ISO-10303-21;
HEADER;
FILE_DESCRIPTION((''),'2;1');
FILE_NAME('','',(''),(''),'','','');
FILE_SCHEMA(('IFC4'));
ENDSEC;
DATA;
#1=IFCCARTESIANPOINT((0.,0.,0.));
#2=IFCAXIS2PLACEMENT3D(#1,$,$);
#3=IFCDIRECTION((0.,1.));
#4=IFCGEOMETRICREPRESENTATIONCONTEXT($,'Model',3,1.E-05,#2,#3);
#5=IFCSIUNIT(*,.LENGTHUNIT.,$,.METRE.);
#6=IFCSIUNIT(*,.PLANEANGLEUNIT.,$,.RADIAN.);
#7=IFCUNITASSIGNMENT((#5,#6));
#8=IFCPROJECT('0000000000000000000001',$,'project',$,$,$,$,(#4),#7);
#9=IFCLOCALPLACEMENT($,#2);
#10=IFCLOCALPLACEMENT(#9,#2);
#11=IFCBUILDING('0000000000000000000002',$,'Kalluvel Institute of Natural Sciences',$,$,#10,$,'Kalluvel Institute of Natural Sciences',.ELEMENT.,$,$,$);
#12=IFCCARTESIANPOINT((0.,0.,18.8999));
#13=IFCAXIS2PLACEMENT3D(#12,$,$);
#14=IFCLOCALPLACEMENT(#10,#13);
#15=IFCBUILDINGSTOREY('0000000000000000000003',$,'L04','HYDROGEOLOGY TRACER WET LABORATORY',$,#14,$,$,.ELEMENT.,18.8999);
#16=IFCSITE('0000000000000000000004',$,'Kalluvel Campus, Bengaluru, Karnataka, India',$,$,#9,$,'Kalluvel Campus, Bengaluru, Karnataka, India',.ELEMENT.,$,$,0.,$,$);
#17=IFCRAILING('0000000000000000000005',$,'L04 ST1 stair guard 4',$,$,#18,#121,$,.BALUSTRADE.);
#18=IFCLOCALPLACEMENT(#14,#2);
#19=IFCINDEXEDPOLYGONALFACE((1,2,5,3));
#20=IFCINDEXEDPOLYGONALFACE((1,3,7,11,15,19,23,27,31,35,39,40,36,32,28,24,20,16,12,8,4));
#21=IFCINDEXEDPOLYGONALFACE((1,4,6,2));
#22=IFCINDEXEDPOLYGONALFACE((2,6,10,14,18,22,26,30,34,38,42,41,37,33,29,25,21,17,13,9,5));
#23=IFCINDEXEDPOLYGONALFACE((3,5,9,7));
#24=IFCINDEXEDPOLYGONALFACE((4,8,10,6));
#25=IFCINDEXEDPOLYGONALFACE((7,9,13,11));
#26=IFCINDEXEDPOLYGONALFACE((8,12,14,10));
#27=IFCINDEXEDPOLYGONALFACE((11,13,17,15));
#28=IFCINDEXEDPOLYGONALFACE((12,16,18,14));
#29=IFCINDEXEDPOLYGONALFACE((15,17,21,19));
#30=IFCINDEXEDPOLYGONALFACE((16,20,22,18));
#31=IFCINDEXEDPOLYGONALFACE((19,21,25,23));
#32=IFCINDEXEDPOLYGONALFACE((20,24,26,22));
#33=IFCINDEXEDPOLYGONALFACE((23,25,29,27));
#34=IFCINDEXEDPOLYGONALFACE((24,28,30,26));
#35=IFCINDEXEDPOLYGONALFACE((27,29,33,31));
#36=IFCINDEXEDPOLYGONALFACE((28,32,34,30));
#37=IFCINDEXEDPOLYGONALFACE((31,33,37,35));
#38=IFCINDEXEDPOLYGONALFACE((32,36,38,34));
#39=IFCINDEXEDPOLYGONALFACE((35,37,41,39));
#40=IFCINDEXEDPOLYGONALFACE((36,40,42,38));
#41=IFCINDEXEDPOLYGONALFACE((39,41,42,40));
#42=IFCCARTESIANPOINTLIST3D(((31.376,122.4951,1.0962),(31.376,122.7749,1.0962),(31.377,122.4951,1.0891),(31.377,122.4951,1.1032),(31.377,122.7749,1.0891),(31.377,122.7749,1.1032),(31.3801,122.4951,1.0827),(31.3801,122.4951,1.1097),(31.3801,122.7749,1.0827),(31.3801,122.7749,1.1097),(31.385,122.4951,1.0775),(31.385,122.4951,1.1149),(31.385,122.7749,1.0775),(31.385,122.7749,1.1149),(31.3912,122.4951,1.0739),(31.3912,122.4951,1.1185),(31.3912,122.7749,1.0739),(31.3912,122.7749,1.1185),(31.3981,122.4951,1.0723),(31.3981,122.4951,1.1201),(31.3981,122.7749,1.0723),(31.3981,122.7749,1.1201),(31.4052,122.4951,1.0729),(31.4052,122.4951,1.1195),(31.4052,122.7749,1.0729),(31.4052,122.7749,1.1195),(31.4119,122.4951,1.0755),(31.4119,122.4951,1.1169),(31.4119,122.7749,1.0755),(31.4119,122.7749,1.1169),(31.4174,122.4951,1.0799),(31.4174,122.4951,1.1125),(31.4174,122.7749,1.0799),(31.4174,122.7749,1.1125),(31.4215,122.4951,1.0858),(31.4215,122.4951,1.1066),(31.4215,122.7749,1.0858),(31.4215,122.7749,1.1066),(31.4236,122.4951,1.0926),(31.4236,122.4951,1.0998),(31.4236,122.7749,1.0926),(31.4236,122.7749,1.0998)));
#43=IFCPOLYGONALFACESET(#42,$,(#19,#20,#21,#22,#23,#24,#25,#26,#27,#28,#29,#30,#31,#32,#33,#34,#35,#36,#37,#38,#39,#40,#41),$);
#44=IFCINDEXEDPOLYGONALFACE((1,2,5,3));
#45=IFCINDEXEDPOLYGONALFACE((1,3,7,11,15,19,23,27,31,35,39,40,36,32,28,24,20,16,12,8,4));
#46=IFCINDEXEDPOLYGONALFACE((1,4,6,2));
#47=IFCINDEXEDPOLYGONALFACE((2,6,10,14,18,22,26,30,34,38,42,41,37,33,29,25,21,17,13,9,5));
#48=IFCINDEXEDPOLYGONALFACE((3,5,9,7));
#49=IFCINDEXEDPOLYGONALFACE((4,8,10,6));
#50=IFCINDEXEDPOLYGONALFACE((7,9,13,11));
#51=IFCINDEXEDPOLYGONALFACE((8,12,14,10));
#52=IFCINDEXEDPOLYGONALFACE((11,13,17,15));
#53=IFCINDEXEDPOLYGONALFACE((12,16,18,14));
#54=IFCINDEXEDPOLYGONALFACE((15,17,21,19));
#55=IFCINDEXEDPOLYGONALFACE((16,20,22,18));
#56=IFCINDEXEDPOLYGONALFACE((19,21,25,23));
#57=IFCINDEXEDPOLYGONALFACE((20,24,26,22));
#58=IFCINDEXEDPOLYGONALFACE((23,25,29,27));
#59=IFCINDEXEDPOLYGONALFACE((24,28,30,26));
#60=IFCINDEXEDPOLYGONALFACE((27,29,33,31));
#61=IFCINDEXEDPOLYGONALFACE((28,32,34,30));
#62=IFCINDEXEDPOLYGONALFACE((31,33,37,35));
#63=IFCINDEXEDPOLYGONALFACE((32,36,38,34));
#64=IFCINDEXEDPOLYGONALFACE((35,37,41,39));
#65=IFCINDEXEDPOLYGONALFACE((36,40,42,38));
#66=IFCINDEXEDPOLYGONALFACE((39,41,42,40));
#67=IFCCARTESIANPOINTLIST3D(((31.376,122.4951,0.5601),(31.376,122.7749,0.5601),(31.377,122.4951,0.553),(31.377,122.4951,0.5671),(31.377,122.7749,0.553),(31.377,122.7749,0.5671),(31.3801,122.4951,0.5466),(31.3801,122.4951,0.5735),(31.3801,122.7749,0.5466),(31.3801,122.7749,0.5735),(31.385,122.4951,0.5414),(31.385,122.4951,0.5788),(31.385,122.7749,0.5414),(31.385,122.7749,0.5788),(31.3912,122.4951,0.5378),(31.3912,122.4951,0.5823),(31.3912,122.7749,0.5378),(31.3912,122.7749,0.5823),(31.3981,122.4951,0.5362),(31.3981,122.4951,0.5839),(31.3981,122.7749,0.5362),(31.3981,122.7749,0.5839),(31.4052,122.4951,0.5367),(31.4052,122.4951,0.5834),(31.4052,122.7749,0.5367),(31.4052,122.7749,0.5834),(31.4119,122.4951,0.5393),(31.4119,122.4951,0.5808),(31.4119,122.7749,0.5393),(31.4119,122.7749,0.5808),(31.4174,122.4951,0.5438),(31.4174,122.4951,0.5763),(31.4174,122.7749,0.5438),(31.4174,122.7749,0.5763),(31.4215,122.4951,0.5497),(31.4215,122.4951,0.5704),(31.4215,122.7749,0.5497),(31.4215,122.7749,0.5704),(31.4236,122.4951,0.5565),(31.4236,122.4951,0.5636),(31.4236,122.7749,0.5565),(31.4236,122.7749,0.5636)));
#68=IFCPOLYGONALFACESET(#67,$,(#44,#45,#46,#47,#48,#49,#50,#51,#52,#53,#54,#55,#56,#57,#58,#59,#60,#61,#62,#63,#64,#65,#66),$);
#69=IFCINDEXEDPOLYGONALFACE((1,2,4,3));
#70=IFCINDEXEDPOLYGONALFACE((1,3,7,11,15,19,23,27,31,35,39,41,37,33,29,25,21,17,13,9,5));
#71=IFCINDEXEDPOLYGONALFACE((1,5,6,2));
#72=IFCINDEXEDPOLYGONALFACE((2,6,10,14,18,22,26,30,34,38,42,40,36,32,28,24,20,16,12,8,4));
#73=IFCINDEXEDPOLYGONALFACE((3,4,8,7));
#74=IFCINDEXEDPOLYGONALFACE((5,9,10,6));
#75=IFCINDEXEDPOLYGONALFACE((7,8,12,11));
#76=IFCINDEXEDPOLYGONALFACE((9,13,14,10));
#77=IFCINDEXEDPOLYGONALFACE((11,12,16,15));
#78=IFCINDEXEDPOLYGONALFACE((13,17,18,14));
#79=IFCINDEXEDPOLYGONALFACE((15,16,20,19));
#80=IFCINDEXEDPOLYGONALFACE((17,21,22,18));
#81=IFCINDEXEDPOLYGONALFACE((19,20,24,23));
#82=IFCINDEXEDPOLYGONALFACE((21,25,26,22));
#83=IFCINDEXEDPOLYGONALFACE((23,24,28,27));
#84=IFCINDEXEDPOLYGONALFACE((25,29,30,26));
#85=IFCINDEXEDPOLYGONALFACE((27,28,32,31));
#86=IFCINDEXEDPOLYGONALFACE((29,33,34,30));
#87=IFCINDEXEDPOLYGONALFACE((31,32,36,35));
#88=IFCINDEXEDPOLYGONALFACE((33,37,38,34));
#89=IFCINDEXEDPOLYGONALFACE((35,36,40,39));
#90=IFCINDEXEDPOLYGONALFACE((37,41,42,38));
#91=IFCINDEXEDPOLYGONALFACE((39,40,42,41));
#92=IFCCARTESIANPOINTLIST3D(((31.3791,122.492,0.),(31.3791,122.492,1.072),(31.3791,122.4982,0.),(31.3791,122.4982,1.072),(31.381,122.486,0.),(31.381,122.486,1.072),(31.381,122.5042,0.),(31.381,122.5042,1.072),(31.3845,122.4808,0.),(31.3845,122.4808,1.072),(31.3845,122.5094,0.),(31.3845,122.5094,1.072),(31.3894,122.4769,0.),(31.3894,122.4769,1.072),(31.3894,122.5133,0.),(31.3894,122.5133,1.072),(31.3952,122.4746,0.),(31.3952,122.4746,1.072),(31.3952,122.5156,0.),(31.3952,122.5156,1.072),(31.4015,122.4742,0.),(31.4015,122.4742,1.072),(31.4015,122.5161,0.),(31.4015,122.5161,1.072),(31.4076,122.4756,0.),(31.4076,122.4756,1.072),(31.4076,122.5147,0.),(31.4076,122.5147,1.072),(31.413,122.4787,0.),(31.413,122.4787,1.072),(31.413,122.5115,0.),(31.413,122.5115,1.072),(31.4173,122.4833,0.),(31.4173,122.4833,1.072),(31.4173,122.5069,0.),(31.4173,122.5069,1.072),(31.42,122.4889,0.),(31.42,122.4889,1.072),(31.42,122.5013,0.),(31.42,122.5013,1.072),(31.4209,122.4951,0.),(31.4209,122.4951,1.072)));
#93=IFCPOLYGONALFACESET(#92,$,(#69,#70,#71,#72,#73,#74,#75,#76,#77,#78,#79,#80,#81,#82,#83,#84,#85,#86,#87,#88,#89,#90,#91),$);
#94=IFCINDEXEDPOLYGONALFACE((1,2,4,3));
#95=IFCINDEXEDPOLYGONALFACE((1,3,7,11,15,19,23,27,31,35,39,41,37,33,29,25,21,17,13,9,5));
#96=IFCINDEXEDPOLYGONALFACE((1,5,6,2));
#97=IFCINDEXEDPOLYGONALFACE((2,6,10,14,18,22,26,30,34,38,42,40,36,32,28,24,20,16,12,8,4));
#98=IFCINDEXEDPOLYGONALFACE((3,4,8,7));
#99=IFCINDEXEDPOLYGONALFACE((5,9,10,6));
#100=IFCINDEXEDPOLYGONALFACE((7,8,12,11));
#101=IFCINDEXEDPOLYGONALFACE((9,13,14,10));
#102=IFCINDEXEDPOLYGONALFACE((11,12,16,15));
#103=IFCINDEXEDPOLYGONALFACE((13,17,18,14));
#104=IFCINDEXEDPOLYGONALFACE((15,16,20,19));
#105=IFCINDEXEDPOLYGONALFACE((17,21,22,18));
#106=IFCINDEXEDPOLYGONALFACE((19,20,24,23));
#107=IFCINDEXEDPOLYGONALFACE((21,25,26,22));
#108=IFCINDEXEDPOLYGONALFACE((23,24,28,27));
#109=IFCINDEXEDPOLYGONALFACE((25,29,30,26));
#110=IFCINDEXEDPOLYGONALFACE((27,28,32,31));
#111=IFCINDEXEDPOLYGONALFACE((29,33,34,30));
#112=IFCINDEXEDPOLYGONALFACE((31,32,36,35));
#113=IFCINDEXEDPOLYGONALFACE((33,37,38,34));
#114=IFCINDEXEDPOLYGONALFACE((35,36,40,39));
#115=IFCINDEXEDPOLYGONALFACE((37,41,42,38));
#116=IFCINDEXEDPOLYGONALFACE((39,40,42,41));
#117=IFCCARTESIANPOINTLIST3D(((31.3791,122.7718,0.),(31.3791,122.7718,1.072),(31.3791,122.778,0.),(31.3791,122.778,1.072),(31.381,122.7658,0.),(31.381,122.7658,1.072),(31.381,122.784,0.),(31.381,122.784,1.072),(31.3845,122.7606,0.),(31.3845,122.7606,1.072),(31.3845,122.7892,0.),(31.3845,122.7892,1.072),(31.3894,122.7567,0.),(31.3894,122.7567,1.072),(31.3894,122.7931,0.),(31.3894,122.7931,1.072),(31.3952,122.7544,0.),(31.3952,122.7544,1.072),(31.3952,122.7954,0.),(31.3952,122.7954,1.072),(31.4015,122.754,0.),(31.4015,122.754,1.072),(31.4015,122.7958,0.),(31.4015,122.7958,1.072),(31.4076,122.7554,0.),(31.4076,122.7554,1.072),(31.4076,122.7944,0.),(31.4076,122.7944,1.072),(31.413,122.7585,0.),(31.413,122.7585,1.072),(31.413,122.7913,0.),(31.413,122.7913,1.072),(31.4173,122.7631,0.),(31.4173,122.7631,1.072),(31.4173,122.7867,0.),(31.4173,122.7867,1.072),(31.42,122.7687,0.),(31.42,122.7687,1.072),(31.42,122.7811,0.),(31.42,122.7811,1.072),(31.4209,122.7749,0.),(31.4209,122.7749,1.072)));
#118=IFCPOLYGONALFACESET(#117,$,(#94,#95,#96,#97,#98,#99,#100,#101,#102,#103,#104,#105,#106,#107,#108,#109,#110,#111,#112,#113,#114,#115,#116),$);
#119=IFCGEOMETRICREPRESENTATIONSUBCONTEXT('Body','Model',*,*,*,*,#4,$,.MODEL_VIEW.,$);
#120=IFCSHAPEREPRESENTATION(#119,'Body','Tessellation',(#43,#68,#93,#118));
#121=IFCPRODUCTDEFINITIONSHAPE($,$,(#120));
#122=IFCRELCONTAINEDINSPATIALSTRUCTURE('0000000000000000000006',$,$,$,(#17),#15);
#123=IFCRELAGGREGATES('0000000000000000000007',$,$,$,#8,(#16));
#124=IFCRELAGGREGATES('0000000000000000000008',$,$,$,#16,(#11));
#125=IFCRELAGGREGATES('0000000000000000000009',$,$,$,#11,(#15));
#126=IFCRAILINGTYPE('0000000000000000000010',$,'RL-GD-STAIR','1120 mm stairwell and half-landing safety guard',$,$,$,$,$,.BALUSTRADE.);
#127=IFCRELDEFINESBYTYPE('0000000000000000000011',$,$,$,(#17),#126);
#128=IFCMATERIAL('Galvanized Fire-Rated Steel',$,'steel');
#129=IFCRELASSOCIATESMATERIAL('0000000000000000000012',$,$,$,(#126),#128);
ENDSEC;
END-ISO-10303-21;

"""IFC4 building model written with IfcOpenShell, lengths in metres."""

from ifc_helpers import new_model, si_unit, direction, frame, origin, origin_2d, place, context, subcontext, project, spatial, circle, extrude, material, type_object, element, save


model = new_model("IFC4")

# Units and contexts
model_context = context("Model", 3, precision=1e-05, world=origin(), true_north=direction((0.0, 1.0)))
body_context = subcontext(model_context, "Body", "Model", "MODEL_VIEW")
ifc_project = project(units=[si_unit("LENGTHUNIT", "METRE"), si_unit("PLANEANGLEUNIT", "RADIAN")], contexts=[model_context])

# Site, building, storey
site_placement = place(None, origin())
site = spatial("IfcSite", under=ifc_project, at=site_placement, Name="Kalluvel Campus, Bengaluru, Karnataka, India", LongName="Kalluvel Campus, Bengaluru, Karnataka, India", CompositionType="ELEMENT", RefElevation=0.0)
building_placement = place(site_placement, origin())
building = spatial("IfcBuilding", under=site, at=building_placement, Name="Kalluvel Institute of Natural Sciences", LongName="Kalluvel Institute of Natural Sciences", CompositionType="ELEMENT")
storey_placement = place(building_placement, frame((0.0, 0.0, 18.8999)))
storey = spatial("IfcBuildingStorey", under=building, at=storey_placement, Name="L04", Description="HYDROGEOLOGY TRACER WET LABORATORY", CompositionType="ELEMENT", Elevation=18.8999)

# Shared definitions
ifc_material_1 = material(Name="Galvanized Fire-Rated Steel", Category="steel")

# Railing
railing_type_1 = type_object("IfcRailingType", Name="RL-GD-STAIR", Description="1120 mm stairwell and half-landing safety guard", PredefinedType="BALUSTRADE", material=ifc_material_1)
railing_1_placement = place(storey_placement, frame((31.3999, 122.4951, 0.0)))
element("IfcRailing", 1, at=railing_1_placement, inside=storey, type_object=railing_type_1, Name="L04 ST1 stair guard 4", PredefinedType="BALUSTRADE", context=body_context, shape_type="SweptSolid", body=[
    extrude(circle(Radius=0.0239, at=origin_2d()), frame((0.0, 0.0, 1.0962), z_axis=(0.0, 1.0, 0.0), x_axis=(-1.0, 0.0, 0.0)), (0.0, 0.0, 1.0), 0.2798),
    extrude(circle(Radius=0.0239, at=origin_2d()), frame((0.0, 0.0, 0.5601), z_axis=(0.0, 1.0, 0.0), x_axis=(-1.0, 0.0, 0.0)), (0.0, 0.0, 1.0), 0.2798),
    extrude(circle(Radius=0.021, at=origin_2d()), origin(), (0.0, 0.0, 1.0), 1.072),
    extrude(circle(Radius=0.021, at=origin_2d()), frame((0.0, 0.2798, 0.0)), (0.0, 0.0, 1.0), 1.072),
])

save(model, "model.ifc")
